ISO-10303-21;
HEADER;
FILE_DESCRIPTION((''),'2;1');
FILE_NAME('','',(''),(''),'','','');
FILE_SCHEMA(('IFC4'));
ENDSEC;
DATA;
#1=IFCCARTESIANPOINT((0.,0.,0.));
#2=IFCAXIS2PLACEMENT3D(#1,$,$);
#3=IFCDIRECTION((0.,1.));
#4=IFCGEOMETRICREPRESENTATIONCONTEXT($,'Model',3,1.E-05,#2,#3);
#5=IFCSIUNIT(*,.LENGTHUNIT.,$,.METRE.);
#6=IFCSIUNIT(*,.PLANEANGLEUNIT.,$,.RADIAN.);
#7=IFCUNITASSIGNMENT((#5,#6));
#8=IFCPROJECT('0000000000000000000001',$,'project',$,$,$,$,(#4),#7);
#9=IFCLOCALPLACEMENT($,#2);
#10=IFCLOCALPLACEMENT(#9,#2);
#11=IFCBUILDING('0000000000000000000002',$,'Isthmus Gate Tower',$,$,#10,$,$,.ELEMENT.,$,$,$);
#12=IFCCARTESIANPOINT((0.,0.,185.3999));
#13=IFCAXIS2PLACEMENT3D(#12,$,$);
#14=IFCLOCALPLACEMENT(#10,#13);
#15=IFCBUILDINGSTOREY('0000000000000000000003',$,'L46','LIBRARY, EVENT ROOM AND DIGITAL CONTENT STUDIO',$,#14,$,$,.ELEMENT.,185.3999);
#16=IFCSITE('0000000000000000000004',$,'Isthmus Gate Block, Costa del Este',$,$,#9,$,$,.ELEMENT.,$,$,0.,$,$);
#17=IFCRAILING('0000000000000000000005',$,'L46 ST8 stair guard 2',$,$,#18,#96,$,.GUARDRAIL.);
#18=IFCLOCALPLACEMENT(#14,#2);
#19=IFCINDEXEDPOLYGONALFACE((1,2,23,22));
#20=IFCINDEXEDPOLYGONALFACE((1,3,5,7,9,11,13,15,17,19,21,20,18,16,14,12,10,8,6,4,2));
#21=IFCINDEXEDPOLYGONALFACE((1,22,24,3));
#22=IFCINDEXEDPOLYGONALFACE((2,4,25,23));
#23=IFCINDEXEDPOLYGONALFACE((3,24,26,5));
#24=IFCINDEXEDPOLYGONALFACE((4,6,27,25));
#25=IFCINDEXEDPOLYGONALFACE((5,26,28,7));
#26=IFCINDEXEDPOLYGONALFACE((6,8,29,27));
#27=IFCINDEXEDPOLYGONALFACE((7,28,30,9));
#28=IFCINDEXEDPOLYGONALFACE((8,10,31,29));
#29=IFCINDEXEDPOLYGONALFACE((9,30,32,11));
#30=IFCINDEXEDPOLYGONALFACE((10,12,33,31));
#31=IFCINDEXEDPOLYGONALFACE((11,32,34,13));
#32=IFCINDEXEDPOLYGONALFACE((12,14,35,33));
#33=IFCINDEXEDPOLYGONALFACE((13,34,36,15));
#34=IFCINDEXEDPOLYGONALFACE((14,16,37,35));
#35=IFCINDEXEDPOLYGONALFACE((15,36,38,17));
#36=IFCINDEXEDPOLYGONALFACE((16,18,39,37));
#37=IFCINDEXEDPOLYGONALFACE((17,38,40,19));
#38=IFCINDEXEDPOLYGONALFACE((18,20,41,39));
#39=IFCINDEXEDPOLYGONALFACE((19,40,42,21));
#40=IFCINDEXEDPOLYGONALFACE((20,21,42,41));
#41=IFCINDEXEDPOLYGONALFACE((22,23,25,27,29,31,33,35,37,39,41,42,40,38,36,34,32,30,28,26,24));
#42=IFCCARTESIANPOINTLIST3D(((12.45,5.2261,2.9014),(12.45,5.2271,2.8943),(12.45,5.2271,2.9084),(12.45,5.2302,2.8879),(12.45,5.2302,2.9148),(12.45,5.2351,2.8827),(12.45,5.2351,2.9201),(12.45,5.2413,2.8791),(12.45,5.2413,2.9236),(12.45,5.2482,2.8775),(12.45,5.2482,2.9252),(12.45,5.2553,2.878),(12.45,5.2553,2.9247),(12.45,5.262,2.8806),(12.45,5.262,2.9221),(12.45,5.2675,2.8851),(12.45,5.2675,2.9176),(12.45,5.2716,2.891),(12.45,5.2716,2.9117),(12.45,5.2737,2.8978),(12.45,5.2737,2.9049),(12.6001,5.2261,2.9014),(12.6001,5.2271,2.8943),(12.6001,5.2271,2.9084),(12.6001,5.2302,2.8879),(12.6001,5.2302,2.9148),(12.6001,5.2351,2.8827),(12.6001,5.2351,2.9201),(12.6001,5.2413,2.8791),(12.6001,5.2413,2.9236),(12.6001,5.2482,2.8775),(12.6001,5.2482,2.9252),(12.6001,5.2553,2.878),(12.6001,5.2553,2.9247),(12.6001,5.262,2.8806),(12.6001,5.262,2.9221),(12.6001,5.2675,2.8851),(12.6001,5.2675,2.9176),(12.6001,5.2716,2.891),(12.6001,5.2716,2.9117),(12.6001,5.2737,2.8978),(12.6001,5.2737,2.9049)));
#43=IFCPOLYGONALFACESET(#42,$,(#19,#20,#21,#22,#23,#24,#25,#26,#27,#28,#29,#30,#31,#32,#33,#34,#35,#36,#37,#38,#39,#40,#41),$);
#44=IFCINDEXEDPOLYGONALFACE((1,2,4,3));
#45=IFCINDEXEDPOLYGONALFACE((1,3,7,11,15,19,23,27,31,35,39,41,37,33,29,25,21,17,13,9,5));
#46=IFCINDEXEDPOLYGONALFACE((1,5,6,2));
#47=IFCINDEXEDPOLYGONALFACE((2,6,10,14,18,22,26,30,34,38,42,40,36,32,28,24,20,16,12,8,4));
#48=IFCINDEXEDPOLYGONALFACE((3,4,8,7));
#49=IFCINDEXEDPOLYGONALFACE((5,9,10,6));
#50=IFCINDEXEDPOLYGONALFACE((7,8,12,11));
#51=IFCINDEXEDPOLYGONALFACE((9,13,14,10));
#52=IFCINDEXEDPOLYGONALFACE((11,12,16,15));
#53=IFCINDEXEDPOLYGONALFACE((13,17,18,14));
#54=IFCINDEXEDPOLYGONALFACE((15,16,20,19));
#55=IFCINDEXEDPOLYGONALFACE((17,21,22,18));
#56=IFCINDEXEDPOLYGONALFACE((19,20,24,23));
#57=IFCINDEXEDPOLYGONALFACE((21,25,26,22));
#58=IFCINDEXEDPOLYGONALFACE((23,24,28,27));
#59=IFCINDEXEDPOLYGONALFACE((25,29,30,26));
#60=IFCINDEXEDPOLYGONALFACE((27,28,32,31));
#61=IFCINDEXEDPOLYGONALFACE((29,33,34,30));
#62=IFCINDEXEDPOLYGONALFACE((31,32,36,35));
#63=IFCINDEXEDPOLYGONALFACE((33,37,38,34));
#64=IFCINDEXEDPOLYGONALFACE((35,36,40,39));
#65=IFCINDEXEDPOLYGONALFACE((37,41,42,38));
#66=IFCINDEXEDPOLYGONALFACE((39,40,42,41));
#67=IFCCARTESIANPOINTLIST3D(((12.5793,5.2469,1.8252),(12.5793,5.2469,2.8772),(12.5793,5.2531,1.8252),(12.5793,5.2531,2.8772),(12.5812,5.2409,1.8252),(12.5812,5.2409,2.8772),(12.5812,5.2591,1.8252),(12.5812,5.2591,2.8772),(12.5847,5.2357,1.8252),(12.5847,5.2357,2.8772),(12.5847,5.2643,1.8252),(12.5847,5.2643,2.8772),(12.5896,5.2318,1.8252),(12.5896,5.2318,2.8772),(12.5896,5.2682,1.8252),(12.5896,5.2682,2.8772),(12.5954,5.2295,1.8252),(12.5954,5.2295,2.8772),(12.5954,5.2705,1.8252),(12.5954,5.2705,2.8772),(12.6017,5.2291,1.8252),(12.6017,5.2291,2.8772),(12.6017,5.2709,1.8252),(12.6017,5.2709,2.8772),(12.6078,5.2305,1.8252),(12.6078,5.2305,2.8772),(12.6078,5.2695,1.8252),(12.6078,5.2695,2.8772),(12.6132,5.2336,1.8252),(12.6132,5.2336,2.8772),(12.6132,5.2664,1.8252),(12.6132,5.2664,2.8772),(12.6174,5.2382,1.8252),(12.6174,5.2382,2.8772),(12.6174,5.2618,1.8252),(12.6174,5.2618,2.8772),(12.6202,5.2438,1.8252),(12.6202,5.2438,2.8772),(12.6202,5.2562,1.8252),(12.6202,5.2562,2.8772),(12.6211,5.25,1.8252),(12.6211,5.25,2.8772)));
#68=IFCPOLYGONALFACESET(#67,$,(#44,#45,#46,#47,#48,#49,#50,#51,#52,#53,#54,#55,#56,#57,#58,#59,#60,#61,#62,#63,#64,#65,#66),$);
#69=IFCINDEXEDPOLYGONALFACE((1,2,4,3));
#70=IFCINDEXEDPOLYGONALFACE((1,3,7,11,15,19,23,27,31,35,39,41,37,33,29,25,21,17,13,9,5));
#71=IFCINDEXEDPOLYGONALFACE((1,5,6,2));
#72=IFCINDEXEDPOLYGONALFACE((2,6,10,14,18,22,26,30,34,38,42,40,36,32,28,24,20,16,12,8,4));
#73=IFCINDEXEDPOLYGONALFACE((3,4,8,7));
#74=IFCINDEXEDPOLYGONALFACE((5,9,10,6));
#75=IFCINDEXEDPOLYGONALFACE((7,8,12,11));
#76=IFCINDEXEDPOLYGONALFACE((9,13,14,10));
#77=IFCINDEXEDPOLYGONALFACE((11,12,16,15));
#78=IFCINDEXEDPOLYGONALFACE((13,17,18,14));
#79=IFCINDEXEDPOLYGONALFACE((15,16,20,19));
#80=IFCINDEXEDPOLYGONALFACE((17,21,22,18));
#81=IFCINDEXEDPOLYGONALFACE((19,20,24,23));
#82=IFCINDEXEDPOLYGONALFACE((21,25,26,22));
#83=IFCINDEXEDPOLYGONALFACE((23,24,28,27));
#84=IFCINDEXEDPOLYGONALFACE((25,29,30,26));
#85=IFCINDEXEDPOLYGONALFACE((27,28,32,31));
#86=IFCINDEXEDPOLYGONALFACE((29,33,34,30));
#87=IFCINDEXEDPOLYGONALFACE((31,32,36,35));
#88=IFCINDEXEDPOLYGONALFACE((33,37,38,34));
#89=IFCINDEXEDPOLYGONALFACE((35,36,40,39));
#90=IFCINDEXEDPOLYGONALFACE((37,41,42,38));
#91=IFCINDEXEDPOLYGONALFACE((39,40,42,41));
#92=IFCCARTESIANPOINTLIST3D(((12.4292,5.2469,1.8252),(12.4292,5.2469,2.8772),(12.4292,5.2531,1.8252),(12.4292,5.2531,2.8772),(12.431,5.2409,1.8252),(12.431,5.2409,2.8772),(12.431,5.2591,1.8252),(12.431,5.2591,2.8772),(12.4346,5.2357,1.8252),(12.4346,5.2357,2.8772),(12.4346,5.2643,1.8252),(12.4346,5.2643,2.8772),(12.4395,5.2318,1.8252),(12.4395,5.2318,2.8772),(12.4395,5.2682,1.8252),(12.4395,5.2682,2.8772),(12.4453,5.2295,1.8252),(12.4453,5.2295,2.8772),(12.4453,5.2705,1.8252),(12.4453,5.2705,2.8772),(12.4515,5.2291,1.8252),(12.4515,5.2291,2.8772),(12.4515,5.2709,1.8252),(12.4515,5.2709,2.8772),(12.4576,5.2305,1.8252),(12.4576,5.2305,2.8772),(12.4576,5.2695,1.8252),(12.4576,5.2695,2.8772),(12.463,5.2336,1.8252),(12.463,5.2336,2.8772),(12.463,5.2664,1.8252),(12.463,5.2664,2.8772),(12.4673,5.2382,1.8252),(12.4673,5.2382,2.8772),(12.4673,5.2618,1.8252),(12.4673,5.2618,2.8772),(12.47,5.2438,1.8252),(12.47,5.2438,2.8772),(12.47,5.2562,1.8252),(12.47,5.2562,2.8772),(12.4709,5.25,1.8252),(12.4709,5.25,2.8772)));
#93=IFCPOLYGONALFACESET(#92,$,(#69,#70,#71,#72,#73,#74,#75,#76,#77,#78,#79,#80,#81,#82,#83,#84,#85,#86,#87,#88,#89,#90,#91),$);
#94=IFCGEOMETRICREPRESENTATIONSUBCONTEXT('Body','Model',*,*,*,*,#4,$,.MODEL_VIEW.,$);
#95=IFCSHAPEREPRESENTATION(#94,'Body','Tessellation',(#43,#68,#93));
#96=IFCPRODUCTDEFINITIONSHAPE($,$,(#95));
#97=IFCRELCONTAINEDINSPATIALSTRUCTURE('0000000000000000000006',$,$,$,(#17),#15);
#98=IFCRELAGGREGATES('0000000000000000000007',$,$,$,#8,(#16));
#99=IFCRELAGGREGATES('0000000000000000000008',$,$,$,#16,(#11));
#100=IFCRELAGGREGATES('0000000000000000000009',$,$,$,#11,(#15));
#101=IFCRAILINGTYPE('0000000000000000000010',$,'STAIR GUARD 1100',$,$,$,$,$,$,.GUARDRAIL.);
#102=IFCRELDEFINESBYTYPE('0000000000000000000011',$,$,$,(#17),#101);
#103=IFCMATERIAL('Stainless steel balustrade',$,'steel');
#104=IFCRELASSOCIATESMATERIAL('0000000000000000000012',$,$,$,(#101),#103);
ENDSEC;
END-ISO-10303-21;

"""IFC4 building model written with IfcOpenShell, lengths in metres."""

from ifc_helpers import new_model, si_unit, direction, frame, origin, origin_2d, place, context, subcontext, project, spatial, circle, extrude, material, type_object, element, save


model = new_model("IFC4")

# Units and contexts
model_context = context("Model", 3, precision=1e-05, world=origin(), true_north=direction((0.0, 1.0)))
body_context = subcontext(model_context, "Body", "Model", "MODEL_VIEW")
ifc_project = project(units=[si_unit("LENGTHUNIT", "METRE"), si_unit("PLANEANGLEUNIT", "RADIAN")], contexts=[model_context])

# Site, building, storey
site_placement = place(None, origin())
site = spatial("IfcSite", under=ifc_project, at=site_placement, Name="Isthmus Gate Block, Costa del Este", CompositionType="ELEMENT", RefElevation=0.0)
building_placement = place(site_placement, origin())
building = spatial("IfcBuilding", under=site, at=building_placement, Name="Isthmus Gate Tower", CompositionType="ELEMENT")
storey_placement = place(building_placement, frame((0.0, 0.0, 185.3999)))
storey = spatial("IfcBuildingStorey", under=building, at=storey_placement, Name="L46", Description="LIBRARY, EVENT ROOM AND DIGITAL CONTENT STUDIO", CompositionType="ELEMENT", Elevation=185.3999)

# Railing
ifc_material_1 = material(Name="Stainless steel balustrade", Category="steel")
railing_type_1 = type_object("IfcRailingType", Name="STAIR GUARD 1100", PredefinedType="GUARDRAIL", material=ifc_material_1)
railing_1_placement = place(storey_placement, frame((12.6001, 5.25, 1.8252)))
element("IfcRailing", 1, at=railing_1_placement, inside=storey, type_object=railing_type_1, Name="L46 ST8 stair guard 2", PredefinedType="GUARDRAIL", context=body_context, shape_type="SweptSolid", body=[
    extrude(circle(Radius=0.0239, at=origin_2d()), frame((0.0, 0.0, 1.0762), z_axis=(-1.0, 0.0, 0.0), x_axis=(0.0, -1.0, 0.0)), (0.0, 0.0, 1.0), 0.1501),
    extrude(circle(Radius=0.021, at=origin_2d()), origin(), (0.0, 0.0, 1.0), 1.052),
    extrude(circle(Radius=0.021, at=origin_2d()), frame((-0.1501, 0.0, 0.0)), (0.0, 0.0, 1.0), 1.052),
])

save(model, "model.ifc")
